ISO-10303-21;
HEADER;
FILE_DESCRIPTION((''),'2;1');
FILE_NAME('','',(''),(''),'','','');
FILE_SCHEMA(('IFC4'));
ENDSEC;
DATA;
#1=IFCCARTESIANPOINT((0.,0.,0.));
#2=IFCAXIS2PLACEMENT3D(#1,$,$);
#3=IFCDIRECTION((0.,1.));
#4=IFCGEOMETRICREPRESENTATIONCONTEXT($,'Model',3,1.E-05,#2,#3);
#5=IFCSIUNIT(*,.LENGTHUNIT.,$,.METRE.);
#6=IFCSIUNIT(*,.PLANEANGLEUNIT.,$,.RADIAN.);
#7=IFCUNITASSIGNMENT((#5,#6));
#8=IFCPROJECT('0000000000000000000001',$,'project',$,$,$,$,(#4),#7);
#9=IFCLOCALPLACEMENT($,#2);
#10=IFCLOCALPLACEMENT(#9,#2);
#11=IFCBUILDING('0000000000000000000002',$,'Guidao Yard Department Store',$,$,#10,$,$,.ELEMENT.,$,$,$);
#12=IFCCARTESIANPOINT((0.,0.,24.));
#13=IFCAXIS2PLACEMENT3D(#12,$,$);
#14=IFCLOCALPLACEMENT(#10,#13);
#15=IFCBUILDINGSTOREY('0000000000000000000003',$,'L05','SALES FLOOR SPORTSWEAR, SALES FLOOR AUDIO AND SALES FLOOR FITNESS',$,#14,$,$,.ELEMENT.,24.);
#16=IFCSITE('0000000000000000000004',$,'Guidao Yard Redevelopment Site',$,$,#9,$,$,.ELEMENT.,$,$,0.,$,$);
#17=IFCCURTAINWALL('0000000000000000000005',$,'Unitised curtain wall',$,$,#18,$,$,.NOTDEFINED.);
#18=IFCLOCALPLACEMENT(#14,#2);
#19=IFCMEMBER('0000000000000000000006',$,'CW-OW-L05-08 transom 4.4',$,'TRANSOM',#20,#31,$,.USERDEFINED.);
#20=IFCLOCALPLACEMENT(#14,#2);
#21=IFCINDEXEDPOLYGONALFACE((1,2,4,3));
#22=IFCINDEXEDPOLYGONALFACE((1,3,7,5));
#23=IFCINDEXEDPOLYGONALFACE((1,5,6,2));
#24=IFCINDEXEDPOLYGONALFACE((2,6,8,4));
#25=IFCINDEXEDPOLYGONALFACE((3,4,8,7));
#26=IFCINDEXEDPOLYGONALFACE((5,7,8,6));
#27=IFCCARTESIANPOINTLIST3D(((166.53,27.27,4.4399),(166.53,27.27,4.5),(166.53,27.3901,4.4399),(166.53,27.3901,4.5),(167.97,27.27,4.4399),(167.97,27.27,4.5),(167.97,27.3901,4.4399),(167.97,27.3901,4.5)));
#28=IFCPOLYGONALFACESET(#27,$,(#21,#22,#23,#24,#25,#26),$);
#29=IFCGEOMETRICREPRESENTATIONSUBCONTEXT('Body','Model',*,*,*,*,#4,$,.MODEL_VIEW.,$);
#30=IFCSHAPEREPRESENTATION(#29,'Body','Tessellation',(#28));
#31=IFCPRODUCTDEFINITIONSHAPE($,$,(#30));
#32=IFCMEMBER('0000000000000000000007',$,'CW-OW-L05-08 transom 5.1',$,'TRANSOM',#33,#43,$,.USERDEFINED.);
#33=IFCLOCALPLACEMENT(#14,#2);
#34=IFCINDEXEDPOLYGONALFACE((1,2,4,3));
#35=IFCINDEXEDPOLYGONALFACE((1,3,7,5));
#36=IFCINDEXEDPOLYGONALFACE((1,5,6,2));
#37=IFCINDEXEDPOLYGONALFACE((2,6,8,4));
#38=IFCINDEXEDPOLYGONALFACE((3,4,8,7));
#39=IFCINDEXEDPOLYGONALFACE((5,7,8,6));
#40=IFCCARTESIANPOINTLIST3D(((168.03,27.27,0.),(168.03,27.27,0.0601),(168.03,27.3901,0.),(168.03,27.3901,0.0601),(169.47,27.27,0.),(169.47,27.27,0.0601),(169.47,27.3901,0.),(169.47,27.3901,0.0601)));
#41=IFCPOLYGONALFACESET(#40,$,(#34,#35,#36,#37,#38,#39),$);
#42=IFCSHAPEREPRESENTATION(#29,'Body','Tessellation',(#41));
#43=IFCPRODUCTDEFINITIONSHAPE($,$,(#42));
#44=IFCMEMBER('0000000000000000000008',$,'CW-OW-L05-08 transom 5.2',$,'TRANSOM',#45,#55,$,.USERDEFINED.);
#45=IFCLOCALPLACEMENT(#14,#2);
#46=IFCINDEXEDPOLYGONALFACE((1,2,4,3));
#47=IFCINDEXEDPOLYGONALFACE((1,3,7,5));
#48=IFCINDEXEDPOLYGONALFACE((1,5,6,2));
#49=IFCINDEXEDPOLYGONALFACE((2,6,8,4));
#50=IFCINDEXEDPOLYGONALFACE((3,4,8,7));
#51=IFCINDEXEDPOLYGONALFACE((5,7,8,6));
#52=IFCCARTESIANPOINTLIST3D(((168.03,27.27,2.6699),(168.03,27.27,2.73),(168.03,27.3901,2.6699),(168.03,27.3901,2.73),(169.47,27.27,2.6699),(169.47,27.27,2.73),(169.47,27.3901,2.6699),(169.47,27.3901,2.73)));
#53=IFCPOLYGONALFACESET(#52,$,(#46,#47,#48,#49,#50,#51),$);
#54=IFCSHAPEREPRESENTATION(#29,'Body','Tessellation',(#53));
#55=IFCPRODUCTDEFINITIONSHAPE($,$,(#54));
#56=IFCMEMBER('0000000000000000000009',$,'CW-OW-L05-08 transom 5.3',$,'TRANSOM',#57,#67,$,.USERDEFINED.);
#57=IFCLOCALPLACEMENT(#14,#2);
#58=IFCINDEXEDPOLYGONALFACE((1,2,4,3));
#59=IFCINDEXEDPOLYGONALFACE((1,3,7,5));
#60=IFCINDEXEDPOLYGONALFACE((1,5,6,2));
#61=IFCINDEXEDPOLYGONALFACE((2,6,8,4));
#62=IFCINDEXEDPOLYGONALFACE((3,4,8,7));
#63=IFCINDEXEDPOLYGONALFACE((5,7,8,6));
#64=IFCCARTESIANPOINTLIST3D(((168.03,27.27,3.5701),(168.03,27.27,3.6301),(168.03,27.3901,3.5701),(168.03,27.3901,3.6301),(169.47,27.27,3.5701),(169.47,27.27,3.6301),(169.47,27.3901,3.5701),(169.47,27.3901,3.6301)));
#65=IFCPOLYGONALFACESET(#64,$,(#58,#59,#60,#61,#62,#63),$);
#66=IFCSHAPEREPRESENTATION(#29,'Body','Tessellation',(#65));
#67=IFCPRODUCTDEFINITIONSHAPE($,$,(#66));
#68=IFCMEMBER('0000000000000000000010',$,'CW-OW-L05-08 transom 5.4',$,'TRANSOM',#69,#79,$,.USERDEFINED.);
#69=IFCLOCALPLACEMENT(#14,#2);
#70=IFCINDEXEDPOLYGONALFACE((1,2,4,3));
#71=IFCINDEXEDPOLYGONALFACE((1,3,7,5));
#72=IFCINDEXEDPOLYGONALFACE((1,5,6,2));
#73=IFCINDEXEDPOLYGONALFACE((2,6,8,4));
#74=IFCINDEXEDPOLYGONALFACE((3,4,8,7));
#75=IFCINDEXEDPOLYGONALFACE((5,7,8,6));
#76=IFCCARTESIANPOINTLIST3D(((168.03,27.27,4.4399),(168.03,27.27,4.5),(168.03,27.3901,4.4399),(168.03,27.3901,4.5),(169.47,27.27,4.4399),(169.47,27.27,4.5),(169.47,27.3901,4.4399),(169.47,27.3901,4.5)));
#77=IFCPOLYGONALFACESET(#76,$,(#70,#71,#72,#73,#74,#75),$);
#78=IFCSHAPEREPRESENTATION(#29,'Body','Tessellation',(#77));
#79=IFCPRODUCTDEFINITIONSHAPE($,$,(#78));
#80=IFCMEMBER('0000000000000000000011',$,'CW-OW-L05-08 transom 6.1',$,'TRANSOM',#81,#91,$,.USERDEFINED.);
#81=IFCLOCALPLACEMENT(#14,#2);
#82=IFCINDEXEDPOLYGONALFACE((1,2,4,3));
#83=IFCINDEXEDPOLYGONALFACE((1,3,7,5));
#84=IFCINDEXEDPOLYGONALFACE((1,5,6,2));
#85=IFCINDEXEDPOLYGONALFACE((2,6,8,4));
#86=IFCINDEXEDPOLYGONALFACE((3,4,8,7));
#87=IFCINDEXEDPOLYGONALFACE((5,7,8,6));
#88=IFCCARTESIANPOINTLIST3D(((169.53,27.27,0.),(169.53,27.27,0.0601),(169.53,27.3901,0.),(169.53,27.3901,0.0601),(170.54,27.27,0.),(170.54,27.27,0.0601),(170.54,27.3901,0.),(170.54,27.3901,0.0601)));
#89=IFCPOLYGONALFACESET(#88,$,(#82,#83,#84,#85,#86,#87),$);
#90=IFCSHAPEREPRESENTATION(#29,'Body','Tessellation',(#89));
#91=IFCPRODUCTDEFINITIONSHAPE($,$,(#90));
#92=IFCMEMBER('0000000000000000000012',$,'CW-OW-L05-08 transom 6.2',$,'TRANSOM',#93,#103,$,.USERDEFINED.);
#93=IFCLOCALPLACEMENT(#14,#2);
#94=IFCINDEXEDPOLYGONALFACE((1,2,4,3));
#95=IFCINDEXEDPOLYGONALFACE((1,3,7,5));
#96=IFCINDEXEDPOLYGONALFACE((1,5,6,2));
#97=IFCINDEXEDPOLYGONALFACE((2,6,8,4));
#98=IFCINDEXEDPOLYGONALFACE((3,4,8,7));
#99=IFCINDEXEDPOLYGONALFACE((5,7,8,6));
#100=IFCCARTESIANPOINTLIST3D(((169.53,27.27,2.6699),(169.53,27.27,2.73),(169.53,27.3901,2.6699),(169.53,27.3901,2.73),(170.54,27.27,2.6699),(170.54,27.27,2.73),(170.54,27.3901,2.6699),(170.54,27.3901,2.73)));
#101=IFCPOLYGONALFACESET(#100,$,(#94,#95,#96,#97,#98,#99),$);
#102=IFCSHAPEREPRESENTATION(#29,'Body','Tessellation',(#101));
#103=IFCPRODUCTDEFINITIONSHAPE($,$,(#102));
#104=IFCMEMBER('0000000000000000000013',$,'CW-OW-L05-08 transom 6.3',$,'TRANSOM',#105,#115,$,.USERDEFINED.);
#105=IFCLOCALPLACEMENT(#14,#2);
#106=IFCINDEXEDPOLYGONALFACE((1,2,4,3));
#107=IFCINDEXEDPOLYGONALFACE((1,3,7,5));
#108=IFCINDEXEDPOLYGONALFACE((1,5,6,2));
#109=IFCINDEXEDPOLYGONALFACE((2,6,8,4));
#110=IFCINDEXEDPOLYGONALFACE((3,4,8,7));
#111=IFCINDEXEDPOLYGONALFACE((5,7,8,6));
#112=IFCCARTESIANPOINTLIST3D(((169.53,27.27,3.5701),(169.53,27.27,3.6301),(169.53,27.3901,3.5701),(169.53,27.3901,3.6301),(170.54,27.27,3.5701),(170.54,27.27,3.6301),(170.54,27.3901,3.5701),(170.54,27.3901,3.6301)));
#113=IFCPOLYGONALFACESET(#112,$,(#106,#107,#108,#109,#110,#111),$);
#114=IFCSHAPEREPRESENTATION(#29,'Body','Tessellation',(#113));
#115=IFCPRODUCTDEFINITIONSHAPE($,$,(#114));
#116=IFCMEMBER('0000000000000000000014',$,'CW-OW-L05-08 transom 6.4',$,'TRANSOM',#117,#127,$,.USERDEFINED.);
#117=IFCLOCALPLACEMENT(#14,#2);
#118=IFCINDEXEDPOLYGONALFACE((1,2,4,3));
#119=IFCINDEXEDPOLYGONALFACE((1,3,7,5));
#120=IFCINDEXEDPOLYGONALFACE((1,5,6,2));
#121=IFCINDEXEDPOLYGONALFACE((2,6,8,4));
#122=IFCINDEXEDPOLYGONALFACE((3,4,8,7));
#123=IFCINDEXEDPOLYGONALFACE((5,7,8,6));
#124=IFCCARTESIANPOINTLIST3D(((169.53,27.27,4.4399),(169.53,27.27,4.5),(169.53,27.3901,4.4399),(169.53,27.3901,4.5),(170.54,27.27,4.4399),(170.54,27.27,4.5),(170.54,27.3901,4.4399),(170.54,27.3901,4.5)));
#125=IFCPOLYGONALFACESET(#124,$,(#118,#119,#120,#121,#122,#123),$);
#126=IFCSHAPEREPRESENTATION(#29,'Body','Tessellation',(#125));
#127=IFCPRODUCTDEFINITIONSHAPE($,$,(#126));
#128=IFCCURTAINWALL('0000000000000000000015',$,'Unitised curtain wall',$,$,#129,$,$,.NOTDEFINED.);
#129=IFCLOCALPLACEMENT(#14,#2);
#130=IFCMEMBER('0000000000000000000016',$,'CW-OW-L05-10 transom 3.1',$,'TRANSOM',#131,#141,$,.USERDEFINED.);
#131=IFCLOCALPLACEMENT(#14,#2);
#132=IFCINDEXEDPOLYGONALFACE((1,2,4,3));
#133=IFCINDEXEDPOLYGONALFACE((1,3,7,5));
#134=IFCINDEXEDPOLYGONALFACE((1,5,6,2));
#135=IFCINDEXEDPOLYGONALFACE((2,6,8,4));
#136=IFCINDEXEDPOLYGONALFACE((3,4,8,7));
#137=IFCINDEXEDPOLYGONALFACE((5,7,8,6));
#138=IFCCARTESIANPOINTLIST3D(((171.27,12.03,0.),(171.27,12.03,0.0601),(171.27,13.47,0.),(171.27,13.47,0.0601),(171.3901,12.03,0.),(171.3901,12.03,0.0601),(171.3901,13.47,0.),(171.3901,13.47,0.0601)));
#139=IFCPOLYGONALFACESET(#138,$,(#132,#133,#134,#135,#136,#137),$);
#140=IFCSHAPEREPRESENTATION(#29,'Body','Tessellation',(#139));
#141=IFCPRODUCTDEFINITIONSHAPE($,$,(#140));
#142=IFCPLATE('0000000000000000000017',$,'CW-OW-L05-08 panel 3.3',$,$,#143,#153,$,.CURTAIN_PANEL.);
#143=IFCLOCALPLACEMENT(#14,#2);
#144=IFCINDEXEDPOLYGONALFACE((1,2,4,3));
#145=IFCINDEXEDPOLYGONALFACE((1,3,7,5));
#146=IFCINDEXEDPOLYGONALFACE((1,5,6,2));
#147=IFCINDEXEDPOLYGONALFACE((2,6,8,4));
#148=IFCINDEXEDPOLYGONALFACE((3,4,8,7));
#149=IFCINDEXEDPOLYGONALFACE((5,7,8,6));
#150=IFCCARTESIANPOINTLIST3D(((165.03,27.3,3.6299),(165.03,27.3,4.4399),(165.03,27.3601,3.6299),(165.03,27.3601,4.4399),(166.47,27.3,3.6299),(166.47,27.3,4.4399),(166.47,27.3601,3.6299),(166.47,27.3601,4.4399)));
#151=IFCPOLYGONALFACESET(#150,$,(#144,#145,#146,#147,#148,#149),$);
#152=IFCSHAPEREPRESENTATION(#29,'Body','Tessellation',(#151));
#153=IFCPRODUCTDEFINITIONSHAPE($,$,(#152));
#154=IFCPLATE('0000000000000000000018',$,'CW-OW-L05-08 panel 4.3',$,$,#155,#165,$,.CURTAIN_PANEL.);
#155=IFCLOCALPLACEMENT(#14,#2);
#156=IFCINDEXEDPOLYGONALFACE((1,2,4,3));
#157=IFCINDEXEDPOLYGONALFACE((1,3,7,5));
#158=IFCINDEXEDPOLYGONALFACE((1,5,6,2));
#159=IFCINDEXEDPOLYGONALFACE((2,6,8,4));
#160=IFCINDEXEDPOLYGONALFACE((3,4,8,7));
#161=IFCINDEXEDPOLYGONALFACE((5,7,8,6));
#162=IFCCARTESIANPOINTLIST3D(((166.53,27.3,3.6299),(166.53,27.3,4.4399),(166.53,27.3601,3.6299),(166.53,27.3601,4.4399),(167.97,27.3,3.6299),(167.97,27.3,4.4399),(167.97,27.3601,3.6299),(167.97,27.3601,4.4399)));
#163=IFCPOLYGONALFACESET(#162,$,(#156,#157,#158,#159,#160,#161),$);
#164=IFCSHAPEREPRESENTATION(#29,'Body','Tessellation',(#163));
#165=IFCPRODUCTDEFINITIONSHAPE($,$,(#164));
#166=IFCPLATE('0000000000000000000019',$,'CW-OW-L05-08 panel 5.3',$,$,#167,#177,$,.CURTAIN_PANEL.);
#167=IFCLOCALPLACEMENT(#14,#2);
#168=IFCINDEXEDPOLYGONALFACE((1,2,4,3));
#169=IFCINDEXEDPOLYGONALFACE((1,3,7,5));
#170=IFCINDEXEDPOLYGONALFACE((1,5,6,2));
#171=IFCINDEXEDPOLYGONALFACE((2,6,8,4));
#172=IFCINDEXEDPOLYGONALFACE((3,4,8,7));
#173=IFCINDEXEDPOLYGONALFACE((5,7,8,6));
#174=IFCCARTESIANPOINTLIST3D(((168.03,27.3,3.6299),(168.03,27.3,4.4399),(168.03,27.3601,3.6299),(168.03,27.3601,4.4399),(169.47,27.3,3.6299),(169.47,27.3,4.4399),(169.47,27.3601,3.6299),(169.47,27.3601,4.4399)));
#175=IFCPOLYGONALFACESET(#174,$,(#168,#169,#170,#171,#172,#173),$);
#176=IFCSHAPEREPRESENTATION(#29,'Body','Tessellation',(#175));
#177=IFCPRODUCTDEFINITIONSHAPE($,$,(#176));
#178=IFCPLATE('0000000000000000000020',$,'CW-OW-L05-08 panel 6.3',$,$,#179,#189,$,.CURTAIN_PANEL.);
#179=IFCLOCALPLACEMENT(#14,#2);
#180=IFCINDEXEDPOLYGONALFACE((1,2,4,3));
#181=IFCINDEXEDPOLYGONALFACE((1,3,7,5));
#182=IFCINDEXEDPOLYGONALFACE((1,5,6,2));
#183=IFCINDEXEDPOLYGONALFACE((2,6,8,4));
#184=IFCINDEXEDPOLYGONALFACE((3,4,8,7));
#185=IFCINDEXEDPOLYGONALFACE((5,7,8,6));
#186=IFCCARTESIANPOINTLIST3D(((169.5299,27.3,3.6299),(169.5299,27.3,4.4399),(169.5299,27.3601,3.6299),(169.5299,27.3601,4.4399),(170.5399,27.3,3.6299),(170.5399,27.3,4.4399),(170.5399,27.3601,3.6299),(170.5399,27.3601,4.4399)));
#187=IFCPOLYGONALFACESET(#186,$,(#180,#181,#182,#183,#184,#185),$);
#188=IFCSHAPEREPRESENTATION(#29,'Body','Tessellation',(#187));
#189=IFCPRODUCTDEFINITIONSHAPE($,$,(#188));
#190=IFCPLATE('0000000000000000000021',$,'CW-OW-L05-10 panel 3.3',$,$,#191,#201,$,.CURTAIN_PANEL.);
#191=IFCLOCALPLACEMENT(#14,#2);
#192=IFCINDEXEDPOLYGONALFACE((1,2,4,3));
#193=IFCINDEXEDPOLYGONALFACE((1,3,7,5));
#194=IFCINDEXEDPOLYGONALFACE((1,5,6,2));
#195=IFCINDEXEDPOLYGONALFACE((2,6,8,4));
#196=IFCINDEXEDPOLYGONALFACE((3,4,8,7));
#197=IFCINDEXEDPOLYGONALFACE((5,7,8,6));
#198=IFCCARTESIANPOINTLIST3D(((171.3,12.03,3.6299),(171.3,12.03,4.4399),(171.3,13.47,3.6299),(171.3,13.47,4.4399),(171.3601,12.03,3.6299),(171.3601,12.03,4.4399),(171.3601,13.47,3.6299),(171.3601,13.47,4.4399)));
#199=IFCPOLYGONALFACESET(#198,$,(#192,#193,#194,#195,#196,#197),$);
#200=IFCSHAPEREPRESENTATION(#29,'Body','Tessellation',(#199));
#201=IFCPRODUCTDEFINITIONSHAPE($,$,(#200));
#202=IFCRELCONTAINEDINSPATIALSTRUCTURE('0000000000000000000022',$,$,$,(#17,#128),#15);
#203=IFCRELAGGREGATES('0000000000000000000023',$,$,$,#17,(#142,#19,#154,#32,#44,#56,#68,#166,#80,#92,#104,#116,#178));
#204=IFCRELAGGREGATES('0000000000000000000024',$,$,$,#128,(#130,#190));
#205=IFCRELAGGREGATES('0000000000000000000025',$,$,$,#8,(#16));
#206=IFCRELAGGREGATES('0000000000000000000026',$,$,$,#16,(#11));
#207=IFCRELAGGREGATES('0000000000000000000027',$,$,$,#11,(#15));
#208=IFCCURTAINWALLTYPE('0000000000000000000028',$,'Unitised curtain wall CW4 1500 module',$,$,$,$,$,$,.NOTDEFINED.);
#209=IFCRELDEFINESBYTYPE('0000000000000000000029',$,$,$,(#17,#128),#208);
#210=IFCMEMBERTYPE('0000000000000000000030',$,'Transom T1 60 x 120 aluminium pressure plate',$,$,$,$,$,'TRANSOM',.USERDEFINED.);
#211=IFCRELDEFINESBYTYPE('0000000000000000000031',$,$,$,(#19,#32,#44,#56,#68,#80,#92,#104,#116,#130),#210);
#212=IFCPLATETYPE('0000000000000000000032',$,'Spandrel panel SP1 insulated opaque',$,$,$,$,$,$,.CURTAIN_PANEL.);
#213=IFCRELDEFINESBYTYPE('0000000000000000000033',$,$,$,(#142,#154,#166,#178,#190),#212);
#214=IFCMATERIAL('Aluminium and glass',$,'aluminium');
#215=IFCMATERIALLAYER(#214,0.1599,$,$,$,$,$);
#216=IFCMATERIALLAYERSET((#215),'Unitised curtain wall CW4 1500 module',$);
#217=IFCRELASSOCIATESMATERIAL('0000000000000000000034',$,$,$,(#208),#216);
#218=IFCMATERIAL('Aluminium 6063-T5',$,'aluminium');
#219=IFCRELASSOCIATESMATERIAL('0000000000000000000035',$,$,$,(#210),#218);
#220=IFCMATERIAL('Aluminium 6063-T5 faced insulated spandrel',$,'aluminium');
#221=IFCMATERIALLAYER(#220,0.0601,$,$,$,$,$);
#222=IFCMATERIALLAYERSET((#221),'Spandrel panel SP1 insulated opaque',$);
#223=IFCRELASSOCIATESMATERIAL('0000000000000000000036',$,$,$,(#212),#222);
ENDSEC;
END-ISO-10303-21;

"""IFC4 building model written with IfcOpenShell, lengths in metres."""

from ifc_helpers import new_model, si_unit, direction, frame, origin, origin_2d, place, context, subcontext, project, spatial, rectangle, extrude, material, layer, layer_set, material_profile, profile_set, type_object, element, aggregate, save


model = new_model("IFC4")

# Units and contexts
model_context = context("Model", 3, precision=1e-05, world=origin(), true_north=direction((0.0, 1.0)))
body_context = subcontext(model_context, "Body", "Model", "MODEL_VIEW")
ifc_project = project(units=[si_unit("LENGTHUNIT", "METRE"), si_unit("PLANEANGLEUNIT", "RADIAN")], contexts=[model_context])

# Site, building, storey
site_placement = place(None, origin())
site = spatial("IfcSite", under=ifc_project, at=site_placement, Name="Guidao Yard Redevelopment Site", CompositionType="ELEMENT", RefElevation=0.0)
building_placement = place(site_placement, origin())
building = spatial("IfcBuilding", under=site, at=building_placement, Name="Guidao Yard Department Store", CompositionType="ELEMENT")
storey_placement = place(building_placement, frame((0.0, 0.0, 24.0)))
storey = spatial("IfcBuildingStorey", under=building, at=storey_placement, Name="L05", Description="SALES FLOOR SPORTSWEAR, SALES FLOOR AUDIO AND SALES FLOOR FITNESS", CompositionType="ELEMENT", Elevation=24.0)

# Curtain wall
ifc_material_1 = material(Name="Aluminium and glass", Category="aluminium")
ifc_layer_1 = layer(ifc_material_1, 0.1599)
ifc_layer_set_1 = layer_set([ifc_layer_1], Name="Unitised curtain wall CW4 1500 module")
curtain_wall_type = type_object("IfcCurtainWallType", Name="Unitised curtain wall CW4 1500 module", PredefinedType="NOTDEFINED", material=ifc_layer_set_1)
curtain_wall_1_placement = place(storey_placement, origin())
curtain_wall_1 = element("IfcCurtainWall", 1, at=curtain_wall_1_placement, inside=storey, type_object=curtain_wall_type, Name="Unitised curtain wall", PredefinedType="NOTDEFINED")

# Members
ifc_material_2 = material(Name="Aluminium 6063-T5", Category="aluminium")
ifc_material_profile_1 = material_profile(ifc_material_2, rectangle(XDim=0.1201, YDim=0.0601, at=origin_2d()), Name="Transom T1 60 x 120 aluminium pressure plate")
ifc_profile_set_1 = profile_set([ifc_material_profile_1], Name="Aluminium 6063-T5")
member_type_1 = type_object("IfcMemberType", Name="Transom T1 60 x 120 aluminium pressure plate", ElementType="TRANSOM", PredefinedType="USERDEFINED", material=ifc_profile_set_1)
member_1_placement = place(storey_placement, frame((166.53, 27.3301, 4.47), z_axis=(1.0, 0.0, 0.0), x_axis=(0.0, 1.0, 0.0)))
member_1 = element("IfcMember", 2, at=member_1_placement, type_object=member_type_1, Name="CW-OW-L05-08 transom 4.4", ObjectType="TRANSOM", PredefinedType="USERDEFINED", context=body_context, shape_type="SweptSolid", body=[
    extrude(rectangle(XDim=0.1201, YDim=0.0601, at=origin_2d()), origin(), (0.0, 0.0, 1.0), 1.4399),
])
member_2_placement = place(storey_placement, frame((168.03, 27.3301, 0.03), z_axis=(1.0, 0.0, 0.0), x_axis=(0.0, 1.0, 0.0)))
member_2 = element("IfcMember", 3, at=member_2_placement, type_object=member_type_1, Name="CW-OW-L05-08 transom 5.1", ObjectType="TRANSOM", PredefinedType="USERDEFINED", context=body_context, shape_type="SweptSolid", body=[
    extrude(rectangle(XDim=0.1201, YDim=0.0601, at=origin_2d()), origin(), (0.0, 0.0, 1.0), 1.4399),
])
member_3_placement = place(storey_placement, frame((168.03, 27.3301, 2.7), z_axis=(1.0, 0.0, 0.0), x_axis=(0.0, 1.0, 0.0)))
member_3 = element("IfcMember", 4, at=member_3_placement, type_object=member_type_1, Name="CW-OW-L05-08 transom 5.2", ObjectType="TRANSOM", PredefinedType="USERDEFINED", context=body_context, shape_type="SweptSolid", body=[
    extrude(rectangle(XDim=0.1201, YDim=0.0601, at=origin_2d()), origin(), (0.0, 0.0, 1.0), 1.4399),
])
member_4_placement = place(storey_placement, frame((168.03, 27.3301, 3.6001), z_axis=(1.0, 0.0, 0.0), x_axis=(0.0, 1.0, 0.0)))
member_4 = element("IfcMember", 5, at=member_4_placement, type_object=member_type_1, Name="CW-OW-L05-08 transom 5.3", ObjectType="TRANSOM", PredefinedType="USERDEFINED", context=body_context, shape_type="SweptSolid", body=[
    extrude(rectangle(XDim=0.1201, YDim=0.0601, at=origin_2d()), origin(), (0.0, 0.0, 1.0), 1.4399),
])
member_5_placement = place(storey_placement, frame((168.03, 27.3301, 4.47), z_axis=(1.0, 0.0, 0.0), x_axis=(0.0, 1.0, 0.0)))
member_5 = element("IfcMember", 6, at=member_5_placement, type_object=member_type_1, Name="CW-OW-L05-08 transom 5.4", ObjectType="TRANSOM", PredefinedType="USERDEFINED", context=body_context, shape_type="SweptSolid", body=[
    extrude(rectangle(XDim=0.1201, YDim=0.0601, at=origin_2d()), origin(), (0.0, 0.0, 1.0), 1.4399),
])
member_6_placement = place(storey_placement, frame((169.53, 27.3301, 0.03), z_axis=(1.0, 0.0, 0.0), x_axis=(0.0, 1.0, 0.0)))
member_6 = element("IfcMember", 7, at=member_6_placement, type_object=member_type_1, Name="CW-OW-L05-08 transom 6.1", ObjectType="TRANSOM", PredefinedType="USERDEFINED", context=body_context, shape_type="SweptSolid", body=[
    extrude(rectangle(XDim=0.1201, YDim=0.0601, at=origin_2d()), origin(), (0.0, 0.0, 1.0), 1.01),
])
member_7_placement = place(storey_placement, frame((169.53, 27.3301, 2.7), z_axis=(1.0, 0.0, 0.0), x_axis=(0.0, 1.0, 0.0)))
member_7 = element("IfcMember", 8, at=member_7_placement, type_object=member_type_1, Name="CW-OW-L05-08 transom 6.2", ObjectType="TRANSOM", PredefinedType="USERDEFINED", context=body_context, shape_type="SweptSolid", body=[
    extrude(rectangle(XDim=0.1201, YDim=0.0601, at=origin_2d()), origin(), (0.0, 0.0, 1.0), 1.01),
])
member_8_placement = place(storey_placement, frame((169.53, 27.3301, 3.6001), z_axis=(1.0, 0.0, 0.0), x_axis=(0.0, 1.0, 0.0)))
member_8 = element("IfcMember", 9, at=member_8_placement, type_object=member_type_1, Name="CW-OW-L05-08 transom 6.3", ObjectType="TRANSOM", PredefinedType="USERDEFINED", context=body_context, shape_type="SweptSolid", body=[
    extrude(rectangle(XDim=0.1201, YDim=0.0601, at=origin_2d()), origin(), (0.0, 0.0, 1.0), 1.01),
])
member_9_placement = place(storey_placement, frame((169.53, 27.3301, 4.47), z_axis=(1.0, 0.0, 0.0), x_axis=(0.0, 1.0, 0.0)))
member_9 = element("IfcMember", 10, at=member_9_placement, type_object=member_type_1, Name="CW-OW-L05-08 transom 6.4", ObjectType="TRANSOM", PredefinedType="USERDEFINED", context=body_context, shape_type="SweptSolid", body=[
    extrude(rectangle(XDim=0.1201, YDim=0.0601, at=origin_2d()), origin(), (0.0, 0.0, 1.0), 1.01),
])

# Curtain wall, member
curtain_wall_2_placement = place(storey_placement, origin())
curtain_wall_2 = element("IfcCurtainWall", 11, at=curtain_wall_2_placement, inside=storey, type_object=curtain_wall_type, Name="Unitised curtain wall", PredefinedType="NOTDEFINED")
member_10_placement = place(storey_placement, frame((171.3301, 13.47, 0.03), z_axis=(0.0, -1.0, 0.0), x_axis=(1.0, 0.0, 0.0)))
member_10 = element("IfcMember", 12, at=member_10_placement, type_object=member_type_1, Name="CW-OW-L05-10 transom 3.1", ObjectType="TRANSOM", PredefinedType="USERDEFINED", context=body_context, shape_type="SweptSolid", body=[
    extrude(rectangle(XDim=0.1201, YDim=0.0601, at=origin_2d()), origin(), (0.0, 0.0, 1.0), 1.4399),
])

# Plates
ifc_material_3 = material(Name="Aluminium 6063-T5 faced insulated spandrel", Category="aluminium")
ifc_layer_2 = layer(ifc_material_3, 0.0601)
ifc_layer_set_2 = layer_set([ifc_layer_2], Name="Spandrel panel SP1 insulated opaque")
plate_type_1 = type_object("IfcPlateType", Name="Spandrel panel SP1 insulated opaque", PredefinedType="CURTAIN_PANEL", material=ifc_layer_set_2)
plate_1_placement = place(storey_placement, frame((165.75, 27.3301, 3.6299), z_axis=(0.0, 0.0, 1.0), x_axis=(1.0, 0.0, 0.0)))
plate_1 = element("IfcPlate", 13, at=plate_1_placement, type_object=plate_type_1, Name="CW-OW-L05-08 panel 3.3", PredefinedType="CURTAIN_PANEL", context=body_context, shape_type="SweptSolid", body=[
    extrude(rectangle(XDim=1.4399, YDim=0.0601, at=origin_2d()), origin(), (0.0, 0.0, 1.0), 0.8101),
])
plate_2_placement = place(storey_placement, frame((167.25, 27.3301, 3.6299), z_axis=(0.0, 0.0, 1.0), x_axis=(1.0, 0.0, 0.0)))
plate_2 = element("IfcPlate", 14, at=plate_2_placement, type_object=plate_type_1, Name="CW-OW-L05-08 panel 4.3", PredefinedType="CURTAIN_PANEL", context=body_context, shape_type="SweptSolid", body=[
    extrude(rectangle(XDim=1.4399, YDim=0.0601, at=origin_2d()), origin(), (0.0, 0.0, 1.0), 0.8101),
])
plate_3_placement = place(storey_placement, frame((168.75, 27.3301, 3.6299), z_axis=(0.0, 0.0, 1.0), x_axis=(1.0, 0.0, 0.0)))
plate_3 = element("IfcPlate", 15, at=plate_3_placement, type_object=plate_type_1, Name="CW-OW-L05-08 panel 5.3", PredefinedType="CURTAIN_PANEL", context=body_context, shape_type="SweptSolid", body=[
    extrude(rectangle(XDim=1.4399, YDim=0.0601, at=origin_2d()), origin(), (0.0, 0.0, 1.0), 0.8101),
])
plate_4_placement = place(storey_placement, frame((170.0349, 27.3301, 3.6299), z_axis=(0.0, 0.0, 1.0), x_axis=(1.0, 0.0, 0.0)))
plate_4 = element("IfcPlate", 16, at=plate_4_placement, type_object=plate_type_1, Name="CW-OW-L05-08 panel 6.3", PredefinedType="CURTAIN_PANEL", context=body_context, shape_type="SweptSolid", body=[
    extrude(rectangle(XDim=1.01, YDim=0.0601, at=origin_2d()), origin(), (0.0, 0.0, 1.0), 0.8101),
])
plate_5_placement = place(storey_placement, frame((171.3301, 12.75, 3.6299), z_axis=(0.0, 0.0, 1.0), x_axis=(0.0, -1.0, 0.0)))
plate_5 = element("IfcPlate", 17, at=plate_5_placement, type_object=plate_type_1, Name="CW-OW-L05-10 panel 3.3", PredefinedType="CURTAIN_PANEL", context=body_context, shape_type="SweptSolid", body=[
    extrude(rectangle(XDim=1.4399, YDim=0.0601, at=origin_2d()), origin(), (0.0, 0.0, 1.0), 0.8101),
])
aggregate(curtain_wall_1, [plate_1, member_1, plate_2, member_2, member_3, member_4, member_5, plate_3, member_6, member_7, member_8, member_9, plate_4])
aggregate(curtain_wall_2, [member_10, plate_5])

save(model, "model.ifc")
